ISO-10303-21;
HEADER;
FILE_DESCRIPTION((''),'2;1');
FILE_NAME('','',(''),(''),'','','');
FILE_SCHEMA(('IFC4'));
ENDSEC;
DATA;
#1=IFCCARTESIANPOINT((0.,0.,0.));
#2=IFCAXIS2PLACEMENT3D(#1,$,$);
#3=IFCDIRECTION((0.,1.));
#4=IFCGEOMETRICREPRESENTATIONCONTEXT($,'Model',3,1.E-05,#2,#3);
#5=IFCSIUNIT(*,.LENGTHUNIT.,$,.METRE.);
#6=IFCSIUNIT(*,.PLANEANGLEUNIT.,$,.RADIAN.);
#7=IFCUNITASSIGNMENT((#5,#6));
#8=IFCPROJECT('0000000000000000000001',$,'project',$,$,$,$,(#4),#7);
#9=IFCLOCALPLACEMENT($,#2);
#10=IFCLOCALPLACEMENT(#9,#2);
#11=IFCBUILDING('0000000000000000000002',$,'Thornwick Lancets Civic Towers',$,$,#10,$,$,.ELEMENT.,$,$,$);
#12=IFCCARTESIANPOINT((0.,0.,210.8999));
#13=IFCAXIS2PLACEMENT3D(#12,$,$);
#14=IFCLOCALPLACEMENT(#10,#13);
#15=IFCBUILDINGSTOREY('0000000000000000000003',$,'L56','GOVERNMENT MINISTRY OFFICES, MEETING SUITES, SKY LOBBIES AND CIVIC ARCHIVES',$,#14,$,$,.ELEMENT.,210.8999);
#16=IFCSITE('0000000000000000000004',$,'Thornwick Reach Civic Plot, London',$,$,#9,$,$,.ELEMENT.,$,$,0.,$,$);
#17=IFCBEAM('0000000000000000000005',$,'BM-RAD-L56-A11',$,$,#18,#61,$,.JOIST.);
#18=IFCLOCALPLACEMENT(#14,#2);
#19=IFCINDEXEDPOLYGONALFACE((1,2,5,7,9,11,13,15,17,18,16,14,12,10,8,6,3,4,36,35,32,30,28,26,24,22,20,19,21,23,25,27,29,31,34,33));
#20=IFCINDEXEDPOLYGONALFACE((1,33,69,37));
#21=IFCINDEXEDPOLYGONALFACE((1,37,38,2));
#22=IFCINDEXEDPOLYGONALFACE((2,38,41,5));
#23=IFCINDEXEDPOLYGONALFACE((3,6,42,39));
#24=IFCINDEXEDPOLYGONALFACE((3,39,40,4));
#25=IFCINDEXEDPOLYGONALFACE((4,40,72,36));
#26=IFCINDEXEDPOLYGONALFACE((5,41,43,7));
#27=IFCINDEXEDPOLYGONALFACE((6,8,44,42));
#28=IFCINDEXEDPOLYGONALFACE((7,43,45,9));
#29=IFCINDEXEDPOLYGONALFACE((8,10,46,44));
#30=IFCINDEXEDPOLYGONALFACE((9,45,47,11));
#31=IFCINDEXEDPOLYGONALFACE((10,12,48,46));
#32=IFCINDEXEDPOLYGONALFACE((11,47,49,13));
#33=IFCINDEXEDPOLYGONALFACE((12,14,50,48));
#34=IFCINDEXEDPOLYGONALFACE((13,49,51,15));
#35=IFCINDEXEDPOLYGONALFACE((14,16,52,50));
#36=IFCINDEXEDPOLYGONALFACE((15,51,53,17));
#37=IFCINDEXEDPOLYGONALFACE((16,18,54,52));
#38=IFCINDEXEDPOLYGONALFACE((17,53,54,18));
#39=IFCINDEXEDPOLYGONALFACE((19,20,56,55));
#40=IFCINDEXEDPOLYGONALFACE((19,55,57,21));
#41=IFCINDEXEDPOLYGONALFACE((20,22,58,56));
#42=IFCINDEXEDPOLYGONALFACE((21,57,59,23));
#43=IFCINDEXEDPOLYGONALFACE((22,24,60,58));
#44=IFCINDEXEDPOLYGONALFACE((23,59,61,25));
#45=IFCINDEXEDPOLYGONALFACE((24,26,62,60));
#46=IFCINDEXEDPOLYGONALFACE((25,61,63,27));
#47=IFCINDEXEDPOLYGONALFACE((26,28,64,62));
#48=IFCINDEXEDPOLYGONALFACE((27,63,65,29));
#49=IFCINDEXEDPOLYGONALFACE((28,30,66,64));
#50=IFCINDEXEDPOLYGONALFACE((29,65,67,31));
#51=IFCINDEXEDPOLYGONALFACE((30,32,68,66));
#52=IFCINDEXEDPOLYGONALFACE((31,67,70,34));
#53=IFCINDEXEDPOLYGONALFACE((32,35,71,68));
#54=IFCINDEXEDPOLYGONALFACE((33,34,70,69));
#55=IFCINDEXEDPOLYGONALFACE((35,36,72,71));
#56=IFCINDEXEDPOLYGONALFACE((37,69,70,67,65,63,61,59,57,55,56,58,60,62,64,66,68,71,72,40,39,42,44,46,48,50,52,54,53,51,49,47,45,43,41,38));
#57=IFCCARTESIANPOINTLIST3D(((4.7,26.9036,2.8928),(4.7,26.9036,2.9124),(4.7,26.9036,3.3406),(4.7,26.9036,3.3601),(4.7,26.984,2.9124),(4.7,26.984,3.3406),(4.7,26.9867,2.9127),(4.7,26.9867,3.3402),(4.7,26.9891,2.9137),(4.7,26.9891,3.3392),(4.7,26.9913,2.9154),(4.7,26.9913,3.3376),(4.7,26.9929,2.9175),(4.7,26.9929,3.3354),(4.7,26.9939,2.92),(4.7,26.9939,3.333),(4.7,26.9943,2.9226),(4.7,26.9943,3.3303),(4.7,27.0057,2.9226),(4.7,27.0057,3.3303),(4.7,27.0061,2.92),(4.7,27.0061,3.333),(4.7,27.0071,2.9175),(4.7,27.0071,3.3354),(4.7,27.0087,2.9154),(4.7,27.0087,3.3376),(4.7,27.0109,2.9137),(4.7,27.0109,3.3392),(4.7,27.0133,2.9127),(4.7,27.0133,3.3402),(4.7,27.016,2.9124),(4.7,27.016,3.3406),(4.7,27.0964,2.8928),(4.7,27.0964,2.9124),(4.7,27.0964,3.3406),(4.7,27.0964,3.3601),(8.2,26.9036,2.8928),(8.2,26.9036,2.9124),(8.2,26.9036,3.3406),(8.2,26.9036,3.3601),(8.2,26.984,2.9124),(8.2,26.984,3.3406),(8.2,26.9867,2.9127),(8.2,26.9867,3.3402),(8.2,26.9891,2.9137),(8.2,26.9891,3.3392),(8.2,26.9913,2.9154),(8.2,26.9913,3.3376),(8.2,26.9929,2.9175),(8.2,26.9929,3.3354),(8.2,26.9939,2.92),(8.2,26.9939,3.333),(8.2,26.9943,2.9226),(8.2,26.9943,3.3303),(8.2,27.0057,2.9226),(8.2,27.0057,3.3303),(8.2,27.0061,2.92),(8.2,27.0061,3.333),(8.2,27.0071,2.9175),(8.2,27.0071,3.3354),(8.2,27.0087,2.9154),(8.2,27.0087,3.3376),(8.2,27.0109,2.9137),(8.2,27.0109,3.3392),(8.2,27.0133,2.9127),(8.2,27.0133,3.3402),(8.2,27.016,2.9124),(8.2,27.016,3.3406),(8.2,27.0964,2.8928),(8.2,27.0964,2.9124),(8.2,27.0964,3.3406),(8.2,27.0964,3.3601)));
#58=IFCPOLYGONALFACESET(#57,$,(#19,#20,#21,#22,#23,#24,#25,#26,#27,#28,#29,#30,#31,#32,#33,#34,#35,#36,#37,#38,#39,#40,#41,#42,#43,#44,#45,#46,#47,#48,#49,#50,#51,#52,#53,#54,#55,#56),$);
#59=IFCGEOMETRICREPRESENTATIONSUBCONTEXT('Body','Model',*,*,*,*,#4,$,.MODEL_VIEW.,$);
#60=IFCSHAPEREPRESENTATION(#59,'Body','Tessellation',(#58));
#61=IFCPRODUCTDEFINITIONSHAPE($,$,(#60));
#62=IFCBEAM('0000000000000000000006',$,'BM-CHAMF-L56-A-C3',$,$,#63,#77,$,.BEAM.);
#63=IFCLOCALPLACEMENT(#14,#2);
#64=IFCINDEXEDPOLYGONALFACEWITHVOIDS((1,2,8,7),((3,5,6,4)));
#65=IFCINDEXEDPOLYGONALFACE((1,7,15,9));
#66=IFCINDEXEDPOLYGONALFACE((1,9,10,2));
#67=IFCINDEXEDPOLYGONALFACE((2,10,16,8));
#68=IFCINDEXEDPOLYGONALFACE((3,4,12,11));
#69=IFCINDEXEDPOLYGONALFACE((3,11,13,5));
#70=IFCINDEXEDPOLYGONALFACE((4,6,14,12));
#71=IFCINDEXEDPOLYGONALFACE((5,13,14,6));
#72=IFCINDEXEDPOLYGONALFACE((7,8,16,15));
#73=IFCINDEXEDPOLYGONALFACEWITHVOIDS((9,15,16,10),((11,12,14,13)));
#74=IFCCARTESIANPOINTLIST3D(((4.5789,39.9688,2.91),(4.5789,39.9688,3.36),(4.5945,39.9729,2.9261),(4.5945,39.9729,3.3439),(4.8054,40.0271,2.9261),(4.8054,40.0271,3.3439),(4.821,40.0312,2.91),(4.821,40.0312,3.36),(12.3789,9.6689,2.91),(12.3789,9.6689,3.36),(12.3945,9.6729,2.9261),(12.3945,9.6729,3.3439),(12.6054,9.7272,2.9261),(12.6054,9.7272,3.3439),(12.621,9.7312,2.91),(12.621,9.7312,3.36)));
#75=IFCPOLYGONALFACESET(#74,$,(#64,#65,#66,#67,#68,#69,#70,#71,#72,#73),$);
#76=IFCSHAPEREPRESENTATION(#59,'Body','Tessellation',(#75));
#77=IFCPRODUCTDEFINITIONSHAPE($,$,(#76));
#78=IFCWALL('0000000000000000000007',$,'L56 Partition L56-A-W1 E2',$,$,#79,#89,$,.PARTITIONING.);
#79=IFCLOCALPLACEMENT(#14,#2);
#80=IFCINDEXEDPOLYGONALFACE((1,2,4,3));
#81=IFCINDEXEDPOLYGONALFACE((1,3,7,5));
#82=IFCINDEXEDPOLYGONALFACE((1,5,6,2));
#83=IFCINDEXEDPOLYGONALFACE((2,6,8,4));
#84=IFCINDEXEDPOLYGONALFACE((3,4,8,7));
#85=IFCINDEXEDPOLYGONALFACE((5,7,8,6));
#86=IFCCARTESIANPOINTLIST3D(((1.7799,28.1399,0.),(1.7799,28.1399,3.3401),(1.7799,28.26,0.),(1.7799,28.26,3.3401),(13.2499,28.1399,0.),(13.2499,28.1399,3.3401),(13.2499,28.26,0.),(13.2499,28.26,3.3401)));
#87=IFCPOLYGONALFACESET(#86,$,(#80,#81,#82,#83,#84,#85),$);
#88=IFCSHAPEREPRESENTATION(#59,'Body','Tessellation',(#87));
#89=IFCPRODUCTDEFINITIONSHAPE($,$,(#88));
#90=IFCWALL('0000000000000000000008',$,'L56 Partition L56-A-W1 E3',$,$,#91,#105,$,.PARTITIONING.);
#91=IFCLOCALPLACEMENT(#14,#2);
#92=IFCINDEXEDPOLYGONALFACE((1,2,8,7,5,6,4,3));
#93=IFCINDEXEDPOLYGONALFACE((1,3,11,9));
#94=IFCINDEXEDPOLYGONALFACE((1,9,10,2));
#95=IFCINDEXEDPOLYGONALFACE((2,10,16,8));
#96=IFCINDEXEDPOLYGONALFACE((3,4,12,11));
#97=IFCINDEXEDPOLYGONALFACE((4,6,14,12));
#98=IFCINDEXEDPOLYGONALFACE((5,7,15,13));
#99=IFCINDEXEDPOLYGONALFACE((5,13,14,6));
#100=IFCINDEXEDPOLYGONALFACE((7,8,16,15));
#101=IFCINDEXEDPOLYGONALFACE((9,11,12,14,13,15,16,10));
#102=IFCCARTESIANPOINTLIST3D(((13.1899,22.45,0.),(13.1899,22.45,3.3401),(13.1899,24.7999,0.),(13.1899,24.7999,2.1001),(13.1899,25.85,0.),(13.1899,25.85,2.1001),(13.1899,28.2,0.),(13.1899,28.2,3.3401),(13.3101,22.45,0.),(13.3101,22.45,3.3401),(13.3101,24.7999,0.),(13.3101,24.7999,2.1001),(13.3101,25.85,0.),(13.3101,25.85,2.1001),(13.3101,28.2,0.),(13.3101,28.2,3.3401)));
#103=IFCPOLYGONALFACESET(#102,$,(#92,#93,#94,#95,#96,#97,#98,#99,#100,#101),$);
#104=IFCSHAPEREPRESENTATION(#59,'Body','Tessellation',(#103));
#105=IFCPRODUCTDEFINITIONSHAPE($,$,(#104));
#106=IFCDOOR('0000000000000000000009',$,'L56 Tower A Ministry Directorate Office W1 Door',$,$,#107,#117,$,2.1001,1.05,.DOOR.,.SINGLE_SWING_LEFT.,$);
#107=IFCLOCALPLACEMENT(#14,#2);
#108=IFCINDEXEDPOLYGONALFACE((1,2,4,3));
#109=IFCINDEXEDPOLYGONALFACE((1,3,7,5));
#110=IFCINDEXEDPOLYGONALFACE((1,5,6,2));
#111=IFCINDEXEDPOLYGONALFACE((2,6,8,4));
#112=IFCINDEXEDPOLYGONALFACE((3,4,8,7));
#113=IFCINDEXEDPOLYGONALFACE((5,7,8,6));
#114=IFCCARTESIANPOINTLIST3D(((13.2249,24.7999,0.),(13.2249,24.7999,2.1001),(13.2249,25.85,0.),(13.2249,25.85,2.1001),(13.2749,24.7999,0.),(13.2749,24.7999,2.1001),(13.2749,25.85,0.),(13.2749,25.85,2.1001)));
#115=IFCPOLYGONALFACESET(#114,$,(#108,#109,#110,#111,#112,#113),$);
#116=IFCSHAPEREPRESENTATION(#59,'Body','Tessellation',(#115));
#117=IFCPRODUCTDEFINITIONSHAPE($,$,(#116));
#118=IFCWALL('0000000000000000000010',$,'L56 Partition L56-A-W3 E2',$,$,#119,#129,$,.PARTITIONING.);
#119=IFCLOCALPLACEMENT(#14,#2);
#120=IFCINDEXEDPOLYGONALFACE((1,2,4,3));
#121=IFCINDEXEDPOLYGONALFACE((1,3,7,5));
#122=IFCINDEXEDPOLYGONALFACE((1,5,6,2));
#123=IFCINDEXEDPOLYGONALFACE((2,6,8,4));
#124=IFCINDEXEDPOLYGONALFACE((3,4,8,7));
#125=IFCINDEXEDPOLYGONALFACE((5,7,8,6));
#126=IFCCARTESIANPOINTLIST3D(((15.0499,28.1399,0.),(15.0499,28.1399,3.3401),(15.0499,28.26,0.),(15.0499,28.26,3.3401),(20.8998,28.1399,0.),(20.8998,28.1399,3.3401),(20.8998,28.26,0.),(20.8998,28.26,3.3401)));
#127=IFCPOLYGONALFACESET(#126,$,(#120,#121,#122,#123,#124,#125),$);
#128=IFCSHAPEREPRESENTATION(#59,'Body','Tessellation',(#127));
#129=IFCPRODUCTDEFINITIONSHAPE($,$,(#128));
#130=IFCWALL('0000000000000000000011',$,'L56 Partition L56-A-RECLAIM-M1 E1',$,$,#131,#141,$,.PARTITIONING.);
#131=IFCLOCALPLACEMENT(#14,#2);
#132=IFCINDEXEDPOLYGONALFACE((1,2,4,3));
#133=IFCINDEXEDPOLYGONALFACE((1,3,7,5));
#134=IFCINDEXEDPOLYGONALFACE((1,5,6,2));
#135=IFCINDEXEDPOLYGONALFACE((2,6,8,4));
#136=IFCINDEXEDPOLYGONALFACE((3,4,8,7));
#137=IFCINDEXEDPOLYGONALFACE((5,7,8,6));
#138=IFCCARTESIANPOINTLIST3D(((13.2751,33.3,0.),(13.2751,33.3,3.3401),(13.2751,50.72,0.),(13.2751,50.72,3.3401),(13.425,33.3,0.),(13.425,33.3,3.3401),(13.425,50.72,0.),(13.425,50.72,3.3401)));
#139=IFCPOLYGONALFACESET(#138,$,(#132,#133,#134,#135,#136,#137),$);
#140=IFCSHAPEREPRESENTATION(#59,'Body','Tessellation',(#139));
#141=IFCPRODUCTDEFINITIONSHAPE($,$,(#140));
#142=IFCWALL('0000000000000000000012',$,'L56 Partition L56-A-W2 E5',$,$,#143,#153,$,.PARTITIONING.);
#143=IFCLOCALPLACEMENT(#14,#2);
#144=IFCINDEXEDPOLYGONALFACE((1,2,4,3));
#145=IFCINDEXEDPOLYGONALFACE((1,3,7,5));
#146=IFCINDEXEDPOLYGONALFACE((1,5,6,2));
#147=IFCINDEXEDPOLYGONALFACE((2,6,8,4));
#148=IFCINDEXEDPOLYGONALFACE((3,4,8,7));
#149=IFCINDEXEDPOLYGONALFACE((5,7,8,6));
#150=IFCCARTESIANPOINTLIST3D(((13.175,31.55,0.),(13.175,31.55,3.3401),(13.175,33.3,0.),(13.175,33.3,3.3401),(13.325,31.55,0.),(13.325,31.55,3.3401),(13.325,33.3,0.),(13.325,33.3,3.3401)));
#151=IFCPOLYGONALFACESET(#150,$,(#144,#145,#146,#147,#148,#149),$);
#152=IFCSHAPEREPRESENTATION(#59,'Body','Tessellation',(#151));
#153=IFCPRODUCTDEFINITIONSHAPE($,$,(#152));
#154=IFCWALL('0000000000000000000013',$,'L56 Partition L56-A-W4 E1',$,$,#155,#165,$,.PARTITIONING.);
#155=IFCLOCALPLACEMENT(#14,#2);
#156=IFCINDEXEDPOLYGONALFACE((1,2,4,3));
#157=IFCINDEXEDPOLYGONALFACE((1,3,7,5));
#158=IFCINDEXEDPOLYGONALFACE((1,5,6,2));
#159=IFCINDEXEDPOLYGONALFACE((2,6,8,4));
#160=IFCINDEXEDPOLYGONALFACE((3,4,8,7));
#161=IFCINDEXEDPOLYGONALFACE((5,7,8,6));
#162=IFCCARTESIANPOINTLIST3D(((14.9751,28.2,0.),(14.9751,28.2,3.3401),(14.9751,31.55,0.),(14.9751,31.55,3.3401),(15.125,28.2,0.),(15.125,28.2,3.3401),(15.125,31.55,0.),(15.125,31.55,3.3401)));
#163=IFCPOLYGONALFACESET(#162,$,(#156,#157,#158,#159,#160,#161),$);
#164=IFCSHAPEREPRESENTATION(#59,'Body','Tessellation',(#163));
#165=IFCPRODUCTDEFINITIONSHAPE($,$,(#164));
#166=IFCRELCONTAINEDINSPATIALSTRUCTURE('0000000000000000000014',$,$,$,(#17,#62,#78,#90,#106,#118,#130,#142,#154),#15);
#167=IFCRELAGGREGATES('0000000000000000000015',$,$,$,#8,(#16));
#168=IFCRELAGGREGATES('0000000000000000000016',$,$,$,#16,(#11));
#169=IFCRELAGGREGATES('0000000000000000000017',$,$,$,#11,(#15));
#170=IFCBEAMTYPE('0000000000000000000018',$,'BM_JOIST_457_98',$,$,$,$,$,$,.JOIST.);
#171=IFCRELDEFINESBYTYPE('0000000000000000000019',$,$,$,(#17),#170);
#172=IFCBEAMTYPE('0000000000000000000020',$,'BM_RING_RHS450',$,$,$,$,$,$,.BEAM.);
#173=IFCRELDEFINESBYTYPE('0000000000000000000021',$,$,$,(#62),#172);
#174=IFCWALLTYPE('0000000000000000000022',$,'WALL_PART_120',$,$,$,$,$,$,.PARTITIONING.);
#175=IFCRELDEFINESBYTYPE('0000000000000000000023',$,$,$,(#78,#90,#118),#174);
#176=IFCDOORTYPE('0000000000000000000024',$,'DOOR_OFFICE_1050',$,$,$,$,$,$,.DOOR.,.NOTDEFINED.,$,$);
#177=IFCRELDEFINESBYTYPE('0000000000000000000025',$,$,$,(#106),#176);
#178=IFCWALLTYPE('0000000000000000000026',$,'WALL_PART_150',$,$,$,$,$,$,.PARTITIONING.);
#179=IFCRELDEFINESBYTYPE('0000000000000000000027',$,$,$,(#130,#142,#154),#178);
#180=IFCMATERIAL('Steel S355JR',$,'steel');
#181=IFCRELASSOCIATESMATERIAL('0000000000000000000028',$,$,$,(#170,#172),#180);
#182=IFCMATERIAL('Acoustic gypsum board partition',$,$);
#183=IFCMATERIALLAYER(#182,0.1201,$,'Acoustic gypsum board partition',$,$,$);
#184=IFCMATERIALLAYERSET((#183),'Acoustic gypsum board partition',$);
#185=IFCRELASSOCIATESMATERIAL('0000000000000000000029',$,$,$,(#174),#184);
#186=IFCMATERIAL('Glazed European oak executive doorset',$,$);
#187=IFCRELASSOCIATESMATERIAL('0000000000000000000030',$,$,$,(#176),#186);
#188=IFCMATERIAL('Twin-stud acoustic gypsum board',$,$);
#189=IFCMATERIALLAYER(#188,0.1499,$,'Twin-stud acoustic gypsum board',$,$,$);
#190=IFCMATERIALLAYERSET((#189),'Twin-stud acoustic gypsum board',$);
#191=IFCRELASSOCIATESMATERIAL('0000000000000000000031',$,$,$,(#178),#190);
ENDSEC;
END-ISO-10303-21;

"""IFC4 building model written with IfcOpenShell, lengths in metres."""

from ifc_helpers import new_model, si_unit, direction, frame, frame_2d, origin, origin_2d, place, context, subcontext, project, spatial, rectangle, hollow_rectangle, i_section, extrude, material, layer, layer_set, material_profile, profile_set, type_object, element, fill, save


model = new_model("IFC4")

# Units and contexts
model_context = context("Model", 3, precision=1e-05, world=origin(), true_north=direction((0.0, 1.0)))
body_context = subcontext(model_context, "Body", "Model", "MODEL_VIEW")
ifc_project = project(units=[si_unit("LENGTHUNIT", "METRE"), si_unit("PLANEANGLEUNIT", "RADIAN")], contexts=[model_context])

# Site, building, storey
site_placement = place(None, origin())
site = spatial("IfcSite", under=ifc_project, at=site_placement, Name="Thornwick Reach Civic Plot, London", CompositionType="ELEMENT", RefElevation=0.0)
building_placement = place(site_placement, origin())
building = spatial("IfcBuilding", under=site, at=building_placement, Name="Thornwick Lancets Civic Towers", CompositionType="ELEMENT")
storey_placement = place(building_placement, frame((0.0, 0.0, 210.8999)))
storey = spatial("IfcBuildingStorey", under=building, at=storey_placement, Name="L56", Description="GOVERNMENT MINISTRY OFFICES, MEETING SUITES, SKY LOBBIES AND CIVIC ARCHIVES", CompositionType="ELEMENT", Elevation=210.8999)

# Shared definitions
ifc_material_1 = material(Name="Steel S355JR", Category="steel")

# Beams
ifc_material_profile_1 = material_profile(ifc_material_1, i_section(OverallWidth=0.1929, OverallDepth=0.4673, WebThickness=0.0115, FlangeThickness=0.0195, FilletRadius=0.0103, at=origin_2d()), Name="UKB 457x191x98")
ifc_profile_set_1 = profile_set([ifc_material_profile_1], Name="Steel S355JR")
beam_type_1 = type_object("IfcBeamType", Name="BM_JOIST_457_98", PredefinedType="JOIST", material=ifc_profile_set_1)
beam_1_placement = place(storey_placement, frame((8.2, 27.0, 3.1265), z_axis=(-1.0, 0.0, 0.0), x_axis=(0.0, -1.0, 0.0)))
element("IfcBeam", 1, at=beam_1_placement, inside=storey, type_object=beam_type_1, Name="BM-RAD-L56-A11", PredefinedType="JOIST", context=body_context, shape_type="SweptSolid", body=[
    extrude(i_section(OverallWidth=0.1929, OverallDepth=0.4673, WebThickness=0.0115, FlangeThickness=0.0195, FilletRadius=0.0103, at=origin_2d()), origin(), (0.0, 0.0, 1.0), 3.5),
])
ifc_material_profile_2 = material_profile(ifc_material_1, hollow_rectangle(XDim=0.25, YDim=0.45, WallThickness=0.0161, at=origin_2d()), Name="RHS 450x250x16")
ifc_profile_set_2 = profile_set([ifc_material_profile_2], Name="Steel S355JR")
beam_type_2 = type_object("IfcBeamType", Name="BM_RING_RHS450", PredefinedType="BEAM", material=ifc_profile_set_2)
beam_2_placement = place(storey_placement, frame((4.7, 40.0, 3.135), z_axis=(0.249299, -0.968427, 0.0), x_axis=(0.968427, 0.249299, 0.0)))
element("IfcBeam", 2, at=beam_2_placement, inside=storey, type_object=beam_type_2, Name="BM-CHAMF-L56-A-C3", PredefinedType="BEAM", context=body_context, shape_type="SweptSolid", body=[
    extrude(hollow_rectangle(XDim=0.25, YDim=0.45, WallThickness=0.0161, at=origin_2d()), origin(), (0.0, 0.0, 1.0), 31.2878),
])

# Wall
ifc_material_2 = material(Name="Acoustic gypsum board partition")
ifc_layer_1 = layer(ifc_material_2, 0.1201, Name="Acoustic gypsum board partition")
ifc_layer_set_1 = layer_set([ifc_layer_1], Name="Acoustic gypsum board partition")
wall_type_1 = type_object("IfcWallType", Name="WALL_PART_120", PredefinedType="PARTITIONING", material=ifc_layer_set_1)
wall_1_placement = place(storey_placement, frame((1.78, 28.2, 0.0), z_axis=(0.0, 0.0, 1.0), x_axis=(1.0, 0.0, 0.0)))
element("IfcWall", 3, at=wall_1_placement, inside=storey, type_object=wall_type_1, Name="L56 Partition L56-A-W1 E2", PredefinedType="PARTITIONING", context=body_context, shape_type="SweptSolid", body=[
    extrude(rectangle(XDim=11.47, YDim=0.1201, at=frame_2d((5.7349, 0.0))), origin(), (0.0, 0.0, 1.0), 3.3401),
])

# Wall, opening, door
wall_2_placement = place(storey_placement, frame((13.25, 28.2, 0.0), z_axis=(0.0, 0.0, 1.0), x_axis=(0.0, -1.0, 0.0)))
wall_2 = element("IfcWall", 4, at=wall_2_placement, inside=storey, type_object=wall_type_1, Name="L56 Partition L56-A-W1 E3", PredefinedType="PARTITIONING", context=body_context, shape_type="SweptSolid", body=[
    extrude(rectangle(XDim=5.75, YDim=0.1201, at=frame_2d((2.875, 0.0))), origin(), (0.0, 0.0, 1.0), 3.3401),
])
opening_1_placement = place(wall_2_placement, frame((2.3501, 0.0, 0.0)))
opening_1 = element("IfcOpeningElement", 5, at=opening_1_placement, cuts=wall_2, PredefinedType="OPENING", context=body_context, shape_type="SweptSolid", body=[
    extrude(rectangle(XDim=1.05, YDim=2.1001, at=frame_2d((0.5249, 1.05))), frame((0.0, 0.0701, 0.0), z_axis=(0.0, -1.0, 0.0), x_axis=(1.0, 0.0, 0.0)), (0.0, 0.0, 1.0), 0.1401),
])
ifc_material_3 = material(Name="Glazed European oak executive doorset")
door_type_1 = type_object("IfcDoorType", Name="DOOR_OFFICE_1050", OperationType="NOTDEFINED", PredefinedType="DOOR", material=ifc_material_3)
door_1_placement = place(opening_1_placement, origin())
door_1 = element("IfcDoor", 6, at=door_1_placement, inside=storey, type_object=door_type_1, Name="L56 Tower A Ministry Directorate Office W1 Door", OperationType="SINGLE_SWING_LEFT", OverallHeight=2.1001, OverallWidth=1.05, PredefinedType="DOOR", context=body_context, shape_type="SweptSolid", body=[
    extrude(rectangle(XDim=1.05, YDim=2.1001, at=frame_2d((0.5249, 1.05))), frame((0.0, 0.0249, 0.0), z_axis=(0.0, -1.0, 0.0), x_axis=(1.0, 0.0, 0.0)), (0.0, 0.0, 1.0), 0.05),
])
fill(opening_1, door_1)

# Walls
wall_3_placement = place(storey_placement, frame((15.05, 28.2, 0.0), z_axis=(0.0, 0.0, 1.0), x_axis=(1.0, 0.0, 0.0)))
element("IfcWall", 7, at=wall_3_placement, inside=storey, type_object=wall_type_1, Name="L56 Partition L56-A-W3 E2", PredefinedType="PARTITIONING", context=body_context, shape_type="SweptSolid", body=[
    extrude(rectangle(XDim=5.8499, YDim=0.1201, at=frame_2d((2.9248, 0.0))), origin(), (0.0, 0.0, 1.0), 3.3401),
])
ifc_material_4 = material(Name="Twin-stud acoustic gypsum board")
ifc_layer_2 = layer(ifc_material_4, 0.1499, Name="Twin-stud acoustic gypsum board")
ifc_layer_set_2 = layer_set([ifc_layer_2], Name="Twin-stud acoustic gypsum board")
wall_type_2 = type_object("IfcWallType", Name="WALL_PART_150", PredefinedType="PARTITIONING", material=ifc_layer_set_2)
wall_4_placement = place(storey_placement, frame((13.3501, 33.3, 0.0), z_axis=(0.0, 0.0, 1.0), x_axis=(0.0, 1.0, 0.0)))
element("IfcWall", 8, at=wall_4_placement, inside=storey, type_object=wall_type_2, Name="L56 Partition L56-A-RECLAIM-M1 E1", PredefinedType="PARTITIONING", context=body_context, shape_type="SweptSolid", body=[
    extrude(rectangle(XDim=17.4199, YDim=0.1499, at=frame_2d((8.71, 0.0))), origin(), (0.0, 0.0, 1.0), 3.3401),
])
wall_5_placement = place(storey_placement, frame((13.25, 33.3, 0.0), z_axis=(0.0, 0.0, 1.0), x_axis=(0.0, -1.0, 0.0)))
element("IfcWall", 9, at=wall_5_placement, inside=storey, type_object=wall_type_2, Name="L56 Partition L56-A-W2 E5", PredefinedType="PARTITIONING", context=body_context, shape_type="SweptSolid", body=[
    extrude(rectangle(XDim=1.75, YDim=0.1499, at=frame_2d((0.875, 0.0))), origin(), (0.0, 0.0, 1.0), 3.3401),
])

# Wall
wall_6_placement = place(storey_placement, frame((15.05, 28.2, 0.0), z_axis=(0.0, 0.0, 1.0), x_axis=(0.0, 1.0, 0.0)))
element("IfcWall", 10, at=wall_6_placement, inside=storey, type_object=wall_type_2, Name="L56 Partition L56-A-W4 E1", PredefinedType="PARTITIONING", context=body_context, shape_type="SweptSolid", body=[
    extrude(rectangle(XDim=3.3501, YDim=0.1499, at=frame_2d((1.675, 0.0))), origin(), (0.0, 0.0, 1.0), 3.3401),
])

save(model, "model.ifc")
